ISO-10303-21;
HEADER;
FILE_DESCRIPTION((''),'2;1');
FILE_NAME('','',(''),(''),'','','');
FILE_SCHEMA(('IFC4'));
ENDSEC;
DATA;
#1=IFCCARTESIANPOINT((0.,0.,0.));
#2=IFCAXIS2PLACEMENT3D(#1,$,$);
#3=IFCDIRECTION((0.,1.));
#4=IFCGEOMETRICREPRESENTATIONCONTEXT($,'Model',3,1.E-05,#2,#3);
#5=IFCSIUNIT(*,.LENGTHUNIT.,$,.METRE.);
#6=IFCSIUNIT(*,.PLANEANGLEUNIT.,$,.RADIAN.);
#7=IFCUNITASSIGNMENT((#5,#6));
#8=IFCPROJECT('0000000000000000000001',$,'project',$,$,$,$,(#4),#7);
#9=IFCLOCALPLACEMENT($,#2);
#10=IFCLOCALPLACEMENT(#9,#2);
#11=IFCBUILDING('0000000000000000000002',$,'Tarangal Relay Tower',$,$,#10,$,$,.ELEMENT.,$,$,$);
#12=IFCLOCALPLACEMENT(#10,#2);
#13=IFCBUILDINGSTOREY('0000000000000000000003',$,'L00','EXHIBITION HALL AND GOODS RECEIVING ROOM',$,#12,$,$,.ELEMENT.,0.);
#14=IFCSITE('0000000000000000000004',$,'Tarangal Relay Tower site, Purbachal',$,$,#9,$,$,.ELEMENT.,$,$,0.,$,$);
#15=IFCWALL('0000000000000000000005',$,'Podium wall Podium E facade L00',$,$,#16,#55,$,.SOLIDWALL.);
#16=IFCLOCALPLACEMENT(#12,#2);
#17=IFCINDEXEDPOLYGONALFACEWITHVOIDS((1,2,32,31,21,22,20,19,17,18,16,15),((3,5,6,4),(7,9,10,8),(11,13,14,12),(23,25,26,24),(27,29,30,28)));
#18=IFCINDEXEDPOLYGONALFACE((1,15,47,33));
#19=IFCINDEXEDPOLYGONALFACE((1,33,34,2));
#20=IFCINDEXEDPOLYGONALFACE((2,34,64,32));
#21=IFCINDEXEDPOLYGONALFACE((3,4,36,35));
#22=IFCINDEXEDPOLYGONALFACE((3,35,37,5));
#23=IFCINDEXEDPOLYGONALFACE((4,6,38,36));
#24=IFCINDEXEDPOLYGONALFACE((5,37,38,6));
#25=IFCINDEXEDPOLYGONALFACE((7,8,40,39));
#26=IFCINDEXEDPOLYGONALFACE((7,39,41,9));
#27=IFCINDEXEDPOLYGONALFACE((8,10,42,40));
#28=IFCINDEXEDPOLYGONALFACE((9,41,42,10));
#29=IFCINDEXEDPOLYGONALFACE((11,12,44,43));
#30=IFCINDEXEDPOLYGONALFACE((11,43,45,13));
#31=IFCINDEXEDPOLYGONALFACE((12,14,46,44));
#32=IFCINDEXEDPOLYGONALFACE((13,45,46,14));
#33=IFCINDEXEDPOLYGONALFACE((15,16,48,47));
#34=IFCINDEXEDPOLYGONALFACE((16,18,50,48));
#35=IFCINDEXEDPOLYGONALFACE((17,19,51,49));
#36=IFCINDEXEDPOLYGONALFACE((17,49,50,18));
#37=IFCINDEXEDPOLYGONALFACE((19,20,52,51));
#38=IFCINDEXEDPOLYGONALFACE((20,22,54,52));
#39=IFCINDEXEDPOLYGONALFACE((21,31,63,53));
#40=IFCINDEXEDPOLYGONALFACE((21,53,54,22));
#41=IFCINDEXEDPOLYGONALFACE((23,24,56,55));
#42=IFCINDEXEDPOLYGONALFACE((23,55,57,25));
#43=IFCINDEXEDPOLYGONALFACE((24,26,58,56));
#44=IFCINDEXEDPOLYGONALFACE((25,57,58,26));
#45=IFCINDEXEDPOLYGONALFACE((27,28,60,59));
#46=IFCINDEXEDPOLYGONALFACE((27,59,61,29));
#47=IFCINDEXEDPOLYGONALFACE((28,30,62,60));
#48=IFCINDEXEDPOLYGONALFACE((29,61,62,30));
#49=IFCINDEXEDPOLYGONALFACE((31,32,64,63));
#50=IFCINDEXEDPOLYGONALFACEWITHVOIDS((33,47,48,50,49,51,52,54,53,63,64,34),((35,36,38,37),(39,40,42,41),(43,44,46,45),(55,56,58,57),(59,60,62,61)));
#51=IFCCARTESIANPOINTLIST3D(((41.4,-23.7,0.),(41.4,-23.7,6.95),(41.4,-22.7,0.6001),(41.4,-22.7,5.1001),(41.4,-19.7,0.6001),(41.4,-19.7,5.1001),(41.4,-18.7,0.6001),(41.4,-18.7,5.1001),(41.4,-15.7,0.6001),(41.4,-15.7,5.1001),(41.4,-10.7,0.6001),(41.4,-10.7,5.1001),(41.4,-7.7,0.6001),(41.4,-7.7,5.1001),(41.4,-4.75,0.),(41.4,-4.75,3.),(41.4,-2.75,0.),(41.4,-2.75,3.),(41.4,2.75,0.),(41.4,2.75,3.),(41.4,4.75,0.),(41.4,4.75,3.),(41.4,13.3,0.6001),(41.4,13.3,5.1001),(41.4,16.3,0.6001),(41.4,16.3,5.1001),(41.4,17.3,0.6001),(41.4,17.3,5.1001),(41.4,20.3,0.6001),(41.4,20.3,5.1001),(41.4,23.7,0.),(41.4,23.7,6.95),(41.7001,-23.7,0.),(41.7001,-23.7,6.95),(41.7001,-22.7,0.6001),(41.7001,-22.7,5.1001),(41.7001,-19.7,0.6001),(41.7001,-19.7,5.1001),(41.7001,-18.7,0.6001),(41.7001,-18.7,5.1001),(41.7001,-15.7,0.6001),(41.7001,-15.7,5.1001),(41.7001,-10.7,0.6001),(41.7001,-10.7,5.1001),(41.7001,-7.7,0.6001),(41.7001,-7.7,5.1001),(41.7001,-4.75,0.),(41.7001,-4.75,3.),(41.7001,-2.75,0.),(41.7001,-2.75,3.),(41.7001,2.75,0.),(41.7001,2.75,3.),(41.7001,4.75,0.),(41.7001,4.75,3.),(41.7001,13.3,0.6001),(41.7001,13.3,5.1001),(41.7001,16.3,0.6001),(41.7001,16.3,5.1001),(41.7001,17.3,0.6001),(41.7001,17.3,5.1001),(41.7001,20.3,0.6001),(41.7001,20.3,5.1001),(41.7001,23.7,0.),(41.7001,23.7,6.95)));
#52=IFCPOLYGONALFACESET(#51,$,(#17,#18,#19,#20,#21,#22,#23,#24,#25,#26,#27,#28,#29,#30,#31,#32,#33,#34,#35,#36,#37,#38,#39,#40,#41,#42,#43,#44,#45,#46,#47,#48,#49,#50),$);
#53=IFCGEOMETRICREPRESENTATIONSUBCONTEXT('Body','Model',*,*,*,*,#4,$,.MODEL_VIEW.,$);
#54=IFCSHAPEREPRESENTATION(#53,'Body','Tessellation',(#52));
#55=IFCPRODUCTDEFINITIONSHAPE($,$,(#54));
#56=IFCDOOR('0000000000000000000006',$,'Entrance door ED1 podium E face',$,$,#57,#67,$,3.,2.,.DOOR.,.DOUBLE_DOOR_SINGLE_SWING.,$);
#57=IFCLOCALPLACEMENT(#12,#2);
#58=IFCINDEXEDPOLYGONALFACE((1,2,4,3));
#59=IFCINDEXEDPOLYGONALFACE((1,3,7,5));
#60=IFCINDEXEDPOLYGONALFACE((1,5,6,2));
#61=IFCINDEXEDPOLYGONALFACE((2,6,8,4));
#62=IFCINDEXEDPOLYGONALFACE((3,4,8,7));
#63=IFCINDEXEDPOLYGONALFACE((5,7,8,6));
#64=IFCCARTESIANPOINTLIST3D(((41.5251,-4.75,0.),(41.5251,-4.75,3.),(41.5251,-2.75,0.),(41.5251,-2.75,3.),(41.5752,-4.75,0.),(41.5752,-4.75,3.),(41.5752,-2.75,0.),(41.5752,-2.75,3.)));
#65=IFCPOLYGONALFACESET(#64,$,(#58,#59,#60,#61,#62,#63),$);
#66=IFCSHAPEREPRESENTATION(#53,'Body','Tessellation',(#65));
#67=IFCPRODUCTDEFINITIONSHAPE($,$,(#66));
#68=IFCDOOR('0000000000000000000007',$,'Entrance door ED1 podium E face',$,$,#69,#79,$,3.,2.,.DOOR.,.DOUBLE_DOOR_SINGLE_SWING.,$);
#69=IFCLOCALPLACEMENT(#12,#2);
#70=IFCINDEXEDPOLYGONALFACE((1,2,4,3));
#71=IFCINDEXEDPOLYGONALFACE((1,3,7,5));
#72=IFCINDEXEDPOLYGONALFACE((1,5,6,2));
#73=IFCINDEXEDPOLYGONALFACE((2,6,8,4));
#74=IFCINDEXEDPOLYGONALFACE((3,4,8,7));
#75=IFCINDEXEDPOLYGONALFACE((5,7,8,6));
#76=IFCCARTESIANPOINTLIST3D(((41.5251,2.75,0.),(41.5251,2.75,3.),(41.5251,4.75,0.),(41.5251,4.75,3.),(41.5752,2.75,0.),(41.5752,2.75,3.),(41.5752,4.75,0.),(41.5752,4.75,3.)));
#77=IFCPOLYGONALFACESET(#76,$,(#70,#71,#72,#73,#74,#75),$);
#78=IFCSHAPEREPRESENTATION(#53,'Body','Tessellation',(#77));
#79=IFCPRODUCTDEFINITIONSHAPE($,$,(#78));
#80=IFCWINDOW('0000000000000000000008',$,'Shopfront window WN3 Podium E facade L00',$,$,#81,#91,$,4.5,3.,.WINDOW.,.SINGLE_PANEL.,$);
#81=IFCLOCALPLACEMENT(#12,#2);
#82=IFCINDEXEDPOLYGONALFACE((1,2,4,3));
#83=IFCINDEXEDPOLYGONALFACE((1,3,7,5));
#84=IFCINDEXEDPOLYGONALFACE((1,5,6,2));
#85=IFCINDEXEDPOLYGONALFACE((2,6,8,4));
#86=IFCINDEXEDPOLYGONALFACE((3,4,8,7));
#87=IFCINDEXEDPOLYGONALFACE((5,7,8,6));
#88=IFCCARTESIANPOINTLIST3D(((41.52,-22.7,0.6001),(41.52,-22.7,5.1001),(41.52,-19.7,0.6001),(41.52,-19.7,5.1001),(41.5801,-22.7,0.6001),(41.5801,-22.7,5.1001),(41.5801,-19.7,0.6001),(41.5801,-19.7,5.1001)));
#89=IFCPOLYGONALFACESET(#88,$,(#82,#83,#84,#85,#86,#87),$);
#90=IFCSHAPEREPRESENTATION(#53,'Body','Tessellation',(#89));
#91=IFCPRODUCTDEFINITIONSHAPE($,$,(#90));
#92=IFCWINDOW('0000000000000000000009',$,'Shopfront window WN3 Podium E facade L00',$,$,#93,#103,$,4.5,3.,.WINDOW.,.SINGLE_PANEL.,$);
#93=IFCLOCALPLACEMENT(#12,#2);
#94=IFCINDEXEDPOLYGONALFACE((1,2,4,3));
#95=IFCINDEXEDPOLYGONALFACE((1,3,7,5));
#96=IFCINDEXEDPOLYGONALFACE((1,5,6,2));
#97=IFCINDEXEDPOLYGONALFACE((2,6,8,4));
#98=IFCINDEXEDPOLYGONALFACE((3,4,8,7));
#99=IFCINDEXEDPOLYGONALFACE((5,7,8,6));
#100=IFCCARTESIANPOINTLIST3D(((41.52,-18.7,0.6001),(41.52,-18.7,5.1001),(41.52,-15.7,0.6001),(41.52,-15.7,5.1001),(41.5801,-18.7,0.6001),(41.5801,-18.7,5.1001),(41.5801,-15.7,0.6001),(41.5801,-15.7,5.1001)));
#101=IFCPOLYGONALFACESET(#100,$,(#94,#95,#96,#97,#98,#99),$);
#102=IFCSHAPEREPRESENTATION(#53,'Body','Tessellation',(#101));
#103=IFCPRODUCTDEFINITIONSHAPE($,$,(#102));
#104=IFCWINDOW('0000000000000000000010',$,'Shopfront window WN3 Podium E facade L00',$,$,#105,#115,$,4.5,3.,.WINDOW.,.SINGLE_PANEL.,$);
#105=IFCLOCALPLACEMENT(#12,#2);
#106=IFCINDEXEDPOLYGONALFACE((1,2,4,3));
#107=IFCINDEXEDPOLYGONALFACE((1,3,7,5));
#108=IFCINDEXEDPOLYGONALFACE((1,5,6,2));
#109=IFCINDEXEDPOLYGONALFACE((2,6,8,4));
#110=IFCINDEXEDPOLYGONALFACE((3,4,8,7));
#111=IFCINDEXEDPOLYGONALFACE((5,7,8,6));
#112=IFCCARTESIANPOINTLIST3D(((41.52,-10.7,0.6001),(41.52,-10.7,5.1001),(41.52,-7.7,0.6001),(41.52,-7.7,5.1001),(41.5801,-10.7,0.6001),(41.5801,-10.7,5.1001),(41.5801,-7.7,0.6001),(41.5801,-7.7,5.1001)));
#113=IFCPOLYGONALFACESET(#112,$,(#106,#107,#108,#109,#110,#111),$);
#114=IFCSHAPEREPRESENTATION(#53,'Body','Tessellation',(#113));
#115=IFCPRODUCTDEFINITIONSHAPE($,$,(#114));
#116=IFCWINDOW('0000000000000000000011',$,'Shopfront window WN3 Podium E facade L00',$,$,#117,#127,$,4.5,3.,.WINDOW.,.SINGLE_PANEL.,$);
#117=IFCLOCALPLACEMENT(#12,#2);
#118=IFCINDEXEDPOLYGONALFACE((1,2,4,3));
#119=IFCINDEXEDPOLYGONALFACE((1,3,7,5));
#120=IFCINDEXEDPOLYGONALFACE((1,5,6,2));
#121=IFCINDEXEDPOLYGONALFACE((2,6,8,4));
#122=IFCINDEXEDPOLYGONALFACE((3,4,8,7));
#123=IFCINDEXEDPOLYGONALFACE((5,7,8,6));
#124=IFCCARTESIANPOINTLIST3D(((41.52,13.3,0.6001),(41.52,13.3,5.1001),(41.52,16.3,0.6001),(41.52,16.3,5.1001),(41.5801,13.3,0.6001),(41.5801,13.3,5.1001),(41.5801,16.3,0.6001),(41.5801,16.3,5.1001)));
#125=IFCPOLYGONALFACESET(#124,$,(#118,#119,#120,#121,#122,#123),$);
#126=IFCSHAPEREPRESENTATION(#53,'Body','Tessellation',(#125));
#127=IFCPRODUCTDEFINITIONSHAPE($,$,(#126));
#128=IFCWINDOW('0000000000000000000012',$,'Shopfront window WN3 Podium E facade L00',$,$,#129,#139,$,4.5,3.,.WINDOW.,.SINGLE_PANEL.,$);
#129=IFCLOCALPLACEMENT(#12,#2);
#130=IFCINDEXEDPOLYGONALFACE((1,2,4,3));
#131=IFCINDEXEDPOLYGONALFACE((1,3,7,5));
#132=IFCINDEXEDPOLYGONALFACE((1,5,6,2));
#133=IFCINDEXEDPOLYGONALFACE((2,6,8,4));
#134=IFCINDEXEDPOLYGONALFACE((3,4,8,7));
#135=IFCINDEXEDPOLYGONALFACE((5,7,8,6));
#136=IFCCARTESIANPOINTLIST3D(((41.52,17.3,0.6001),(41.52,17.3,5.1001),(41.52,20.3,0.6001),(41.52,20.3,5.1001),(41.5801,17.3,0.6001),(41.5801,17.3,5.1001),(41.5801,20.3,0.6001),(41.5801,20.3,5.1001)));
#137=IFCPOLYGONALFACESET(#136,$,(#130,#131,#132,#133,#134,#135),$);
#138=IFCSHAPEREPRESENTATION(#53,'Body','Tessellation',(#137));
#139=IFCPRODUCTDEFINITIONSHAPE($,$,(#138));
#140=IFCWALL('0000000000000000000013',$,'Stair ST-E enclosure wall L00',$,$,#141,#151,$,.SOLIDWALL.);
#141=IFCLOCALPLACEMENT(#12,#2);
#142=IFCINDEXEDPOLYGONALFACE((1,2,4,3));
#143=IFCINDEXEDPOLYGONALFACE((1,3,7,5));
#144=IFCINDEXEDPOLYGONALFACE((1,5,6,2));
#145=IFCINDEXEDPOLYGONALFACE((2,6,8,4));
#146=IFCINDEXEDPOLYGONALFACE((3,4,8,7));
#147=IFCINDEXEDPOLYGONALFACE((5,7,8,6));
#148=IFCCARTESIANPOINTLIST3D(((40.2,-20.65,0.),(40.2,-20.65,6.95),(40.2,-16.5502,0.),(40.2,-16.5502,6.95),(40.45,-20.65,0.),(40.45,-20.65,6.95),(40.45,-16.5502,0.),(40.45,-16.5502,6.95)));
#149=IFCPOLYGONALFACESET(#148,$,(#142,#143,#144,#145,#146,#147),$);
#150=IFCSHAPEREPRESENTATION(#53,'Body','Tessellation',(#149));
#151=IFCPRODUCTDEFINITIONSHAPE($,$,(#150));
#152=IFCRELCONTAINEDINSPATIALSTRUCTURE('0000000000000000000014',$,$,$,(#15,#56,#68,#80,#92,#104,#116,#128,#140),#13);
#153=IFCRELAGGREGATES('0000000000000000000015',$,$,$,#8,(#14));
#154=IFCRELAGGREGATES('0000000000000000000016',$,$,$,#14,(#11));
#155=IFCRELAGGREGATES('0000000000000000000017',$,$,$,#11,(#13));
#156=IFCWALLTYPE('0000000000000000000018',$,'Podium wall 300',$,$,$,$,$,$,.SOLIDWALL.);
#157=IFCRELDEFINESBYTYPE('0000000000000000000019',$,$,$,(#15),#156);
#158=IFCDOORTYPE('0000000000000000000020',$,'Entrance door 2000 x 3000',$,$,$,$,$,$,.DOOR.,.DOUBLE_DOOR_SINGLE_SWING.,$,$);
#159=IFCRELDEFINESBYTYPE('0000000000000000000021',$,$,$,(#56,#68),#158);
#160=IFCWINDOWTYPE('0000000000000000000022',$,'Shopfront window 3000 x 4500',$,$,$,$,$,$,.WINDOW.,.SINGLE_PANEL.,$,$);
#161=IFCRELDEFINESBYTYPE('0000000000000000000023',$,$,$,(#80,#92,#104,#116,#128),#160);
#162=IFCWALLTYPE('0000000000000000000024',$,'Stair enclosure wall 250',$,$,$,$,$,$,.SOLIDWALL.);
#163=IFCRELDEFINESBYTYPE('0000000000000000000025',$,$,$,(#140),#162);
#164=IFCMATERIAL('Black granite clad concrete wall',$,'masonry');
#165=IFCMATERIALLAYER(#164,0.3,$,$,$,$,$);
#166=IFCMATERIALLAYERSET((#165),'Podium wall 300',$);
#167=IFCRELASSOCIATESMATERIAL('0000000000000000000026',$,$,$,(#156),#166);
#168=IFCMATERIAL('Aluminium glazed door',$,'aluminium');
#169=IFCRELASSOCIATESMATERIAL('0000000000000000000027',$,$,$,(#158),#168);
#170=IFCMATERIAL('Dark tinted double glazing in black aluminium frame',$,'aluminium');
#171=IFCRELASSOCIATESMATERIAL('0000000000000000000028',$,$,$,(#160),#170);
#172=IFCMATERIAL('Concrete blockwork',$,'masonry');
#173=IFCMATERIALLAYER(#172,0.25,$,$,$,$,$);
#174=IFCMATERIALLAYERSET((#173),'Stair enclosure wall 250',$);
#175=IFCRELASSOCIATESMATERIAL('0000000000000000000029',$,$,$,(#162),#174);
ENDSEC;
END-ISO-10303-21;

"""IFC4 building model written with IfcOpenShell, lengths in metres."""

from ifc_helpers import new_model, si_unit, direction, frame, frame_2d, origin, place, context, subcontext, project, spatial, rectangle, extrude, material, layer, layer_set, type_object, element, fill, save


model = new_model("IFC4")

# Units and contexts
model_context = context("Model", 3, precision=1e-05, world=origin(), true_north=direction((0.0, 1.0)))
body_context = subcontext(model_context, "Body", "Model", "MODEL_VIEW")
ifc_project = project(units=[si_unit("LENGTHUNIT", "METRE"), si_unit("PLANEANGLEUNIT", "RADIAN")], contexts=[model_context])

# Site, building, storey
site_placement = place(None, origin())
site = spatial("IfcSite", under=ifc_project, at=site_placement, Name="Tarangal Relay Tower site, Purbachal", CompositionType="ELEMENT", RefElevation=0.0)
building_placement = place(site_placement, origin())
building = spatial("IfcBuilding", under=site, at=building_placement, Name="Tarangal Relay Tower", CompositionType="ELEMENT")
storey_placement = place(building_placement, origin())
storey = spatial("IfcBuildingStorey", under=building, at=storey_placement, Name="L00", Description="EXHIBITION HALL AND GOODS RECEIVING ROOM", CompositionType="ELEMENT", Elevation=0.0)

# Shared definitions
ifc_material_1 = material(Name="Black granite clad concrete wall", Category="masonry")
ifc_layer_1 = layer(ifc_material_1, 0.3)
ifc_layer_set_1 = layer_set([ifc_layer_1], Name="Podium wall 300")
wall_type_1 = type_object("IfcWallType", Name="Podium wall 300", PredefinedType="SOLIDWALL", material=ifc_layer_set_1)

# Wall, openings, doors, windows
wall_1_placement = place(storey_placement, frame((41.55, -23.7, 0.0), z_axis=(0.0, 0.0, 1.0), x_axis=(0.0, 1.0, 0.0)))
wall_1 = element("IfcWall", 1, at=wall_1_placement, inside=storey, type_object=wall_type_1, Name="Podium wall Podium E facade L00", PredefinedType="SOLIDWALL", context=body_context, shape_type="SweptSolid", body=[
    extrude(rectangle(XDim=47.3999, YDim=0.3, at=frame_2d((23.7, 0.0))), origin(), (0.0, 0.0, 1.0), 6.95),
])
opening_1_placement = place(wall_1_placement, frame((18.95, 0.0, 0.0)))
opening_1 = element("IfcOpeningElement", 2, at=opening_1_placement, cuts=wall_1, PredefinedType="OPENING", context=body_context, shape_type="SweptSolid", body=[
    extrude(rectangle(XDim=2.0, YDim=3.0, at=frame_2d((1.0, 1.5))), frame((0.0, 0.1599, 0.0), z_axis=(0.0, -1.0, 0.0), x_axis=(1.0, 0.0, 0.0)), (0.0, 0.0, 1.0), 0.3201),
])
opening_2_placement = place(wall_1_placement, frame((26.45, 0.0, 0.0)))
opening_2 = element("IfcOpeningElement", 3, at=opening_2_placement, cuts=wall_1, PredefinedType="OPENING", context=body_context, shape_type="SweptSolid", body=[
    extrude(rectangle(XDim=2.0, YDim=3.0, at=frame_2d((1.0, 1.5))), frame((0.0, 0.1599, 0.0), z_axis=(0.0, -1.0, 0.0), x_axis=(1.0, 0.0, 0.0)), (0.0, 0.0, 1.0), 0.3201),
])
opening_3_placement = place(wall_1_placement, frame((1.0, 0.0, 0.6001)))
opening_3 = element("IfcOpeningElement", 4, at=opening_3_placement, cuts=wall_1, PredefinedType="OPENING", context=body_context, shape_type="SweptSolid", body=[
    extrude(rectangle(XDim=3.0, YDim=4.5, at=frame_2d((1.5, 2.25))), frame((0.0, 0.1599, 0.0), z_axis=(0.0, -1.0, 0.0), x_axis=(1.0, 0.0, 0.0)), (0.0, 0.0, 1.0), 0.3201),
])
opening_4_placement = place(wall_1_placement, frame((5.0, 0.0, 0.6001)))
opening_4 = element("IfcOpeningElement", 5, at=opening_4_placement, cuts=wall_1, PredefinedType="OPENING", context=body_context, shape_type="SweptSolid", body=[
    extrude(rectangle(XDim=3.0, YDim=4.5, at=frame_2d((1.5, 2.25))), frame((0.0, 0.1599, 0.0), z_axis=(0.0, -1.0, 0.0), x_axis=(1.0, 0.0, 0.0)), (0.0, 0.0, 1.0), 0.3201),
])
opening_5_placement = place(wall_1_placement, frame((13.0, 0.0, 0.6001)))
opening_5 = element("IfcOpeningElement", 6, at=opening_5_placement, cuts=wall_1, PredefinedType="OPENING", context=body_context, shape_type="SweptSolid", body=[
    extrude(rectangle(XDim=3.0, YDim=4.5, at=frame_2d((1.5, 2.25))), frame((0.0, 0.1599, 0.0), z_axis=(0.0, -1.0, 0.0), x_axis=(1.0, 0.0, 0.0)), (0.0, 0.0, 1.0), 0.3201),
])
opening_6_placement = place(wall_1_placement, frame((37.0, 0.0, 0.6001)))
opening_6 = element("IfcOpeningElement", 7, at=opening_6_placement, cuts=wall_1, PredefinedType="OPENING", context=body_context, shape_type="SweptSolid", body=[
    extrude(rectangle(XDim=3.0, YDim=4.5, at=frame_2d((1.5, 2.25))), frame((0.0, 0.1599, 0.0), z_axis=(0.0, -1.0, 0.0), x_axis=(1.0, 0.0, 0.0)), (0.0, 0.0, 1.0), 0.3201),
])
opening_7_placement = place(wall_1_placement, frame((41.0, 0.0, 0.6001)))
opening_7 = element("IfcOpeningElement", 8, at=opening_7_placement, cuts=wall_1, PredefinedType="OPENING", context=body_context, shape_type="SweptSolid", body=[
    extrude(rectangle(XDim=3.0, YDim=4.5, at=frame_2d((1.5, 2.25))), frame((0.0, 0.1599, 0.0), z_axis=(0.0, -1.0, 0.0), x_axis=(1.0, 0.0, 0.0)), (0.0, 0.0, 1.0), 0.3201),
])
ifc_material_2 = material(Name="Aluminium glazed door", Category="aluminium")
door_type_1 = type_object("IfcDoorType", Name="Entrance door 2000 x 3000", OperationType="DOUBLE_DOOR_SINGLE_SWING", PredefinedType="DOOR", material=ifc_material_2)
door_1_placement = place(opening_1_placement, origin())
door_1 = element("IfcDoor", 9, at=door_1_placement, inside=storey, type_object=door_type_1, Name="Entrance door ED1 podium E face", OperationType="DOUBLE_DOOR_SINGLE_SWING", OverallHeight=3.0, OverallWidth=2.0, PredefinedType="DOOR", context=body_context, shape_type="SweptSolid", body=[
    extrude(rectangle(XDim=2.0, YDim=3.0, at=frame_2d((1.0, 1.5))), frame((0.0, 0.0249, 0.0), z_axis=(0.0, -1.0, 0.0), x_axis=(1.0, 0.0, 0.0)), (0.0, 0.0, 1.0), 0.05),
])
fill(opening_1, door_1)
door_2_placement = place(opening_2_placement, origin())
door_2 = element("IfcDoor", 10, at=door_2_placement, inside=storey, type_object=door_type_1, Name="Entrance door ED1 podium E face", OperationType="DOUBLE_DOOR_SINGLE_SWING", OverallHeight=3.0, OverallWidth=2.0, PredefinedType="DOOR", context=body_context, shape_type="SweptSolid", body=[
    extrude(rectangle(XDim=2.0, YDim=3.0, at=frame_2d((1.0, 1.5))), frame((0.0, 0.0249, 0.0), z_axis=(0.0, -1.0, 0.0), x_axis=(1.0, 0.0, 0.0)), (0.0, 0.0, 1.0), 0.05),
])
fill(opening_2, door_2)
ifc_material_3 = material(Name="Dark tinted double glazing in black aluminium frame", Category="aluminium")
window_type = type_object("IfcWindowType", Name="Shopfront window 3000 x 4500", PartitioningType="SINGLE_PANEL", PredefinedType="WINDOW", material=ifc_material_3)
window_1_placement = place(opening_3_placement, origin())
window_1 = element("IfcWindow", 11, at=window_1_placement, inside=storey, type_object=window_type, Name="Shopfront window WN3 Podium E facade L00", OverallHeight=4.5, OverallWidth=3.0, PartitioningType="SINGLE_PANEL", PredefinedType="WINDOW", context=body_context, shape_type="SweptSolid", body=[
    extrude(rectangle(XDim=3.0, YDim=4.5, at=frame_2d((1.5, 2.25))), frame((0.0, 0.03, 0.0), z_axis=(0.0, -1.0, 0.0), x_axis=(1.0, 0.0, 0.0)), (0.0, 0.0, 1.0), 0.0601),
])
fill(opening_3, window_1)
window_2_placement = place(opening_4_placement, origin())
window_2 = element("IfcWindow", 12, at=window_2_placement, inside=storey, type_object=window_type, Name="Shopfront window WN3 Podium E facade L00", OverallHeight=4.5, OverallWidth=3.0, PartitioningType="SINGLE_PANEL", PredefinedType="WINDOW", context=body_context, shape_type="SweptSolid", body=[
    extrude(rectangle(XDim=3.0, YDim=4.5, at=frame_2d((1.5, 2.25))), frame((0.0, 0.03, 0.0), z_axis=(0.0, -1.0, 0.0), x_axis=(1.0, 0.0, 0.0)), (0.0, 0.0, 1.0), 0.0601),
])
fill(opening_4, window_2)
window_3_placement = place(opening_5_placement, origin())
window_3 = element("IfcWindow", 13, at=window_3_placement, inside=storey, type_object=window_type, Name="Shopfront window WN3 Podium E facade L00", OverallHeight=4.5, OverallWidth=3.0, PartitioningType="SINGLE_PANEL", PredefinedType="WINDOW", context=body_context, shape_type="SweptSolid", body=[
    extrude(rectangle(XDim=3.0, YDim=4.5, at=frame_2d((1.5, 2.25))), frame((0.0, 0.03, 0.0), z_axis=(0.0, -1.0, 0.0), x_axis=(1.0, 0.0, 0.0)), (0.0, 0.0, 1.0), 0.0601),
])
fill(opening_5, window_3)
window_4_placement = place(opening_6_placement, origin())
window_4 = element("IfcWindow", 14, at=window_4_placement, inside=storey, type_object=window_type, Name="Shopfront window WN3 Podium E facade L00", OverallHeight=4.5, OverallWidth=3.0, PartitioningType="SINGLE_PANEL", PredefinedType="WINDOW", context=body_context, shape_type="SweptSolid", body=[
    extrude(rectangle(XDim=3.0, YDim=4.5, at=frame_2d((1.5, 2.25))), frame((0.0, 0.03, 0.0), z_axis=(0.0, -1.0, 0.0), x_axis=(1.0, 0.0, 0.0)), (0.0, 0.0, 1.0), 0.0601),
])
fill(opening_6, window_4)
window_5_placement = place(opening_7_placement, origin())
window_5 = element("IfcWindow", 15, at=window_5_placement, inside=storey, type_object=window_type, Name="Shopfront window WN3 Podium E facade L00", OverallHeight=4.5, OverallWidth=3.0, PartitioningType="SINGLE_PANEL", PredefinedType="WINDOW", context=body_context, shape_type="SweptSolid", body=[
    extrude(rectangle(XDim=3.0, YDim=4.5, at=frame_2d((1.5, 2.25))), frame((0.0, 0.03, 0.0), z_axis=(0.0, -1.0, 0.0), x_axis=(1.0, 0.0, 0.0)), (0.0, 0.0, 1.0), 0.0601),
])
fill(opening_7, window_5)

# Wall
ifc_material_4 = material(Name="Concrete blockwork", Category="masonry")
ifc_layer_2 = layer(ifc_material_4, 0.25)
ifc_layer_set_2 = layer_set([ifc_layer_2], Name="Stair enclosure wall 250")
wall_type_2 = type_object("IfcWallType", Name="Stair enclosure wall 250", PredefinedType="SOLIDWALL", material=ifc_layer_set_2)
wall_2_placement = place(storey_placement, frame((40.325, -20.6499, 0.0), z_axis=(0.0, 0.0, 1.0), x_axis=(0.0, 1.0, 0.0)))
element("IfcWall", 16, at=wall_2_placement, inside=storey, type_object=wall_type_2, Name="Stair ST-E enclosure wall L00", PredefinedType="SOLIDWALL", context=body_context, shape_type="SweptSolid", body=[
    extrude(rectangle(XDim=4.0999, YDim=0.25, at=frame_2d((2.0498, 0.0))), origin(), (0.0, 0.0, 1.0), 6.95),
])

save(model, "model.ifc")
